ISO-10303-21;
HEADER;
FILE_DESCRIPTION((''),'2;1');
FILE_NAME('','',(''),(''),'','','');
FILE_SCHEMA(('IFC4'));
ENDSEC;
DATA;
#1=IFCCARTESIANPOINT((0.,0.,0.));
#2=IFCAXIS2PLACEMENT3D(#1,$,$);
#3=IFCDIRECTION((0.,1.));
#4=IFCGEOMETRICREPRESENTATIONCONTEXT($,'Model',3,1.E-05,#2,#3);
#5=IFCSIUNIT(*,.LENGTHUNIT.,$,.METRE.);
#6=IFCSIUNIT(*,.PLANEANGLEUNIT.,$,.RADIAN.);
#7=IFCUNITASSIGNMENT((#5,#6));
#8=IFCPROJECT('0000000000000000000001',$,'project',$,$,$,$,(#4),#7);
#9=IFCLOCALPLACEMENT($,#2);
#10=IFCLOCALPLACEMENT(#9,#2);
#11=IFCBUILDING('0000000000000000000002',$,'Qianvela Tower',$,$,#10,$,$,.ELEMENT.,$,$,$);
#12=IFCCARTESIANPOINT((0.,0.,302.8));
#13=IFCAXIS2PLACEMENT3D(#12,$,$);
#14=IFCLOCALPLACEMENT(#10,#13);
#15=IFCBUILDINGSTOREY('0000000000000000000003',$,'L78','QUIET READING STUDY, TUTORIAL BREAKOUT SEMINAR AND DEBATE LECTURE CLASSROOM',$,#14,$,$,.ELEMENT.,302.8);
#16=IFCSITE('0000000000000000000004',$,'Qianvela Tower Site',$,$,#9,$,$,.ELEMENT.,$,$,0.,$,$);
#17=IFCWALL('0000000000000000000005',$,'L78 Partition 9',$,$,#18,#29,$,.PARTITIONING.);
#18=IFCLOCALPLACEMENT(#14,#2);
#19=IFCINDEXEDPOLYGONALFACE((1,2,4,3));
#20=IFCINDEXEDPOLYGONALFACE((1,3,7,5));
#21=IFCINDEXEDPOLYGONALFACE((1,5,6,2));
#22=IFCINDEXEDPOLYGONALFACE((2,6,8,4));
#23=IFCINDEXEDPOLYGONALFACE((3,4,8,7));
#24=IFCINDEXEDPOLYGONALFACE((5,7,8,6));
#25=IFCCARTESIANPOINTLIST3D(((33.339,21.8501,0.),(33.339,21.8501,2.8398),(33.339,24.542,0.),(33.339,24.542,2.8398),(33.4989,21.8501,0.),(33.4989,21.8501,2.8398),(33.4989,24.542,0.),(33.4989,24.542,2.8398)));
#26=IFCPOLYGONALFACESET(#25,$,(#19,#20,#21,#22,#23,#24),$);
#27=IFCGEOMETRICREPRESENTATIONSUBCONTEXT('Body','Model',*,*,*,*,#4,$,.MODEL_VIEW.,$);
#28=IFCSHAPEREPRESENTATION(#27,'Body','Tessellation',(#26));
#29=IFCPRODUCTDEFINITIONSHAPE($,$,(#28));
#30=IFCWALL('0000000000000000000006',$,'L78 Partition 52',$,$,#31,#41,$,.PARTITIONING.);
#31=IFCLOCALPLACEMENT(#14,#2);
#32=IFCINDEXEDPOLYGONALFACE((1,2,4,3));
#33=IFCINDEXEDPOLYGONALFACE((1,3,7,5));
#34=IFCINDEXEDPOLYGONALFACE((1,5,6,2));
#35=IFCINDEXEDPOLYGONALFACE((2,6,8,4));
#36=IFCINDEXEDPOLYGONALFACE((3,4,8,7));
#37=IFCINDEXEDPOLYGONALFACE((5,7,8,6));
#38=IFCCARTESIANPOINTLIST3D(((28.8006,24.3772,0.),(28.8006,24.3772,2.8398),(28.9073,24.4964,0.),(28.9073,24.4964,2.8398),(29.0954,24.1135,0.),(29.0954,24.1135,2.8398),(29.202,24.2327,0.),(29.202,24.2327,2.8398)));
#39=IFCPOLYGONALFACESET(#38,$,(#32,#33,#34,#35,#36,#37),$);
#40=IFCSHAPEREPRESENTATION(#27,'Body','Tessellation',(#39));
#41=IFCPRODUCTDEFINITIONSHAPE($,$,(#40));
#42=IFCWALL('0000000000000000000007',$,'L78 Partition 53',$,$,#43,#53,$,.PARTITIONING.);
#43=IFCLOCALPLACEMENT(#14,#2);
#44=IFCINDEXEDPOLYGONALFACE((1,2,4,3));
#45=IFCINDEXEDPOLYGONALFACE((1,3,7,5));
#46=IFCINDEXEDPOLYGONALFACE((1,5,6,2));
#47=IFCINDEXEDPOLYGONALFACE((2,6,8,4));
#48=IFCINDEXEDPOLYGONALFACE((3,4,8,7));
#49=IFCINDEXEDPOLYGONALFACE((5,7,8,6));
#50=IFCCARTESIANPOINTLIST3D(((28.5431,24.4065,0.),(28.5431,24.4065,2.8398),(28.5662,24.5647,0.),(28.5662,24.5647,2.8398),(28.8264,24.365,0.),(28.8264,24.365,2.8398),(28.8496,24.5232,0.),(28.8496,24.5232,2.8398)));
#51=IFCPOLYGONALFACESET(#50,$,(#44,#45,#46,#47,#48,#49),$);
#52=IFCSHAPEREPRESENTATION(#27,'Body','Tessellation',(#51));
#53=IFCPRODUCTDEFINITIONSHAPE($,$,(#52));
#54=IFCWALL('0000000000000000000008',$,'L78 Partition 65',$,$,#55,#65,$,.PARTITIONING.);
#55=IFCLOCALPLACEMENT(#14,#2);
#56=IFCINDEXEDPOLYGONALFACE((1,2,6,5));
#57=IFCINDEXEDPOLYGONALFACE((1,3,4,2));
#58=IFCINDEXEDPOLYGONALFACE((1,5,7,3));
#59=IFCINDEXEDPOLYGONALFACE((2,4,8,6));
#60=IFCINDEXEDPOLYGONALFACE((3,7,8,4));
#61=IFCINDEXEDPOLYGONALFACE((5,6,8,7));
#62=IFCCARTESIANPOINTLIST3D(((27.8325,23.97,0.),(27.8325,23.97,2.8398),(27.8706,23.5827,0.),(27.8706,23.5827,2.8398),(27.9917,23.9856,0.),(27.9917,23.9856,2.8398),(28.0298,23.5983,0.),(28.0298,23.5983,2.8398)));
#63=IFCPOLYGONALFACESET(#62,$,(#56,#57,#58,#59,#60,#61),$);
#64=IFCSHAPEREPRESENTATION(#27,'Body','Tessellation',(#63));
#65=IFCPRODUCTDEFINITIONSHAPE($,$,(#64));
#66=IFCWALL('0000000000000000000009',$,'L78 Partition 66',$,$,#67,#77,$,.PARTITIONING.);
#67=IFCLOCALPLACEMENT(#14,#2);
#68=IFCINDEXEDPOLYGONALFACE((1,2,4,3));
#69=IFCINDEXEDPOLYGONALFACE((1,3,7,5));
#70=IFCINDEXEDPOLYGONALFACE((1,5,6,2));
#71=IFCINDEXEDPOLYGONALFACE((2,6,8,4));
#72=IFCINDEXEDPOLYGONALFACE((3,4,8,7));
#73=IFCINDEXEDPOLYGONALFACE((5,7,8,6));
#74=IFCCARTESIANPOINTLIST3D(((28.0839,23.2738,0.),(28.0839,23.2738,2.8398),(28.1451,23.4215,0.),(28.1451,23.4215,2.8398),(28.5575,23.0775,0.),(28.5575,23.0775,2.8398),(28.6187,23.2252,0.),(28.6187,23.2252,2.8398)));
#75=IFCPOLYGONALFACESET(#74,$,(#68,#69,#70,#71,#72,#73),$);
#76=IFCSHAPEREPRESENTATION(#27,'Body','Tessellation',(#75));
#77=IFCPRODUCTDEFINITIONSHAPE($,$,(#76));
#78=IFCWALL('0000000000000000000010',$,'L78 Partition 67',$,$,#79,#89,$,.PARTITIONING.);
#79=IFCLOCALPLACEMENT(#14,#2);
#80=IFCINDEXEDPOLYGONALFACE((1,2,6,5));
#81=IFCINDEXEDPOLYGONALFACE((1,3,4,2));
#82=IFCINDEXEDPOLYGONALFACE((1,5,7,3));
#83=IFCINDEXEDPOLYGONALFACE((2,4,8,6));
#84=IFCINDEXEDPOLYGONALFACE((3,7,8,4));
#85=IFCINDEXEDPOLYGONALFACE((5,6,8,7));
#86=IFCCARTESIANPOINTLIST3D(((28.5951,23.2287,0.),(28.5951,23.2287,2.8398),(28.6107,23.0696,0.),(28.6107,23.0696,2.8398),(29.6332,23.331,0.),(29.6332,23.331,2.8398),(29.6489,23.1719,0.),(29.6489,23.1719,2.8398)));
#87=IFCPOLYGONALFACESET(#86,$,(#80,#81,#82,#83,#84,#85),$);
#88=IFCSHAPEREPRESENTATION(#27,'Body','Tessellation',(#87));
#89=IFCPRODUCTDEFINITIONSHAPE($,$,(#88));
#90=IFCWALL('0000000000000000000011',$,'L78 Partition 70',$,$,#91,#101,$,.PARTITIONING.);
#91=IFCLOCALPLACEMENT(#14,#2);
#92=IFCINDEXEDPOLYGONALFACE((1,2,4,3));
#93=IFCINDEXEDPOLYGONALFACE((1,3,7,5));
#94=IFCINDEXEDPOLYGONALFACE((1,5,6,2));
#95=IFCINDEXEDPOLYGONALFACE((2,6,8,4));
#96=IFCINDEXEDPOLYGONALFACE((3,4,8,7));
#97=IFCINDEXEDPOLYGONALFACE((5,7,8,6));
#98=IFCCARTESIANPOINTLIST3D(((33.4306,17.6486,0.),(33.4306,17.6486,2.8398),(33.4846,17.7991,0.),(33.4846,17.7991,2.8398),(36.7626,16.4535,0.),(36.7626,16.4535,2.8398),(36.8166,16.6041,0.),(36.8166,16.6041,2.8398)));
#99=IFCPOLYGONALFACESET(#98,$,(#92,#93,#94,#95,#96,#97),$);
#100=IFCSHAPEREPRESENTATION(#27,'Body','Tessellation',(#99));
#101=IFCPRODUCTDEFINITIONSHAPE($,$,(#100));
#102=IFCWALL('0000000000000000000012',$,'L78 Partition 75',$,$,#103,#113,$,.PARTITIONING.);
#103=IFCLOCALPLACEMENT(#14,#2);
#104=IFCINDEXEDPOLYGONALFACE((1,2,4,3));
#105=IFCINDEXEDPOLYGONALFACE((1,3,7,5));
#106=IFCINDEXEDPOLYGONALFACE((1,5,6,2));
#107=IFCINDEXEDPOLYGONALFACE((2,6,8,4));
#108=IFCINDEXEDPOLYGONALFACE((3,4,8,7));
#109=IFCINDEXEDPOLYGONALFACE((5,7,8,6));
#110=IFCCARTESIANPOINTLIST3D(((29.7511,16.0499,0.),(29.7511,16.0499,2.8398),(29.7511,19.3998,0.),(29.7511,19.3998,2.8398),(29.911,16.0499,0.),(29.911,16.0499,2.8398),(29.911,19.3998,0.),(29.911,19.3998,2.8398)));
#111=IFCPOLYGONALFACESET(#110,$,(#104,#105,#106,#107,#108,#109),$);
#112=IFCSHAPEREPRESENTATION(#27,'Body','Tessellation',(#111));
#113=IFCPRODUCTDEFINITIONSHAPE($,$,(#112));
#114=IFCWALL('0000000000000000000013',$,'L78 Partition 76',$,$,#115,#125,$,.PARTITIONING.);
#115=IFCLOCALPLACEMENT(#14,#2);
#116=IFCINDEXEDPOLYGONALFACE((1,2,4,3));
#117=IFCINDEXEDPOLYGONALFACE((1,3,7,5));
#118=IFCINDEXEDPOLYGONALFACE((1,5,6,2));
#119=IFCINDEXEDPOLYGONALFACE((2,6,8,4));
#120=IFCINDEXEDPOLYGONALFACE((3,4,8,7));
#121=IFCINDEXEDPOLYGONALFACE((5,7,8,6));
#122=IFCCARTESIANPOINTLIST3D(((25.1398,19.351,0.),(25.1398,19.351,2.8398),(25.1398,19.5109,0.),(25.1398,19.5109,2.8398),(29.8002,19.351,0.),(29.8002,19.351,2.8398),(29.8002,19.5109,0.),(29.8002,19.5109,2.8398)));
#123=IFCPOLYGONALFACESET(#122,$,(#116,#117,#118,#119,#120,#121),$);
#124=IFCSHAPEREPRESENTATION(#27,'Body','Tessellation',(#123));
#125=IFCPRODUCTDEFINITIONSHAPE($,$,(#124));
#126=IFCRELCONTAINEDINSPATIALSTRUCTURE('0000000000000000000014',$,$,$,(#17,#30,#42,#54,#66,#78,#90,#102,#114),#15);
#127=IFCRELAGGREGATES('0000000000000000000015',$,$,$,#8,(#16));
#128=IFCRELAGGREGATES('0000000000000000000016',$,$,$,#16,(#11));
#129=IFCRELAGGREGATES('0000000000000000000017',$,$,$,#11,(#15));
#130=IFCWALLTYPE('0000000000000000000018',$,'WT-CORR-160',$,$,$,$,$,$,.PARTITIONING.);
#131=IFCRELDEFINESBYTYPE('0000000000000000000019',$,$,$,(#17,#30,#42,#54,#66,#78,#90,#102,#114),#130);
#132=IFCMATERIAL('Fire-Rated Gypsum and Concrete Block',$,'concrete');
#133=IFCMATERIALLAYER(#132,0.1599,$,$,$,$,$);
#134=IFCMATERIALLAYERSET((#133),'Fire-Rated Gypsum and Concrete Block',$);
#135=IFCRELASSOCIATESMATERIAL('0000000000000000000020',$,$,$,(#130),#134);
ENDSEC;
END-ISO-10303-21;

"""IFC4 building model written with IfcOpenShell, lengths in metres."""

from ifc_helpers import new_model, si_unit, direction, frame, frame_2d, origin, place, context, subcontext, project, spatial, rectangle, extrude, material, layer, layer_set, type_object, element, save


model = new_model("IFC4")

# Units and contexts
model_context = context("Model", 3, precision=1e-05, world=origin(), true_north=direction((0.0, 1.0)))
body_context = subcontext(model_context, "Body", "Model", "MODEL_VIEW")
ifc_project = project(units=[si_unit("LENGTHUNIT", "METRE"), si_unit("PLANEANGLEUNIT", "RADIAN")], contexts=[model_context])

# Site, building, storey
site_placement = place(None, origin())
site = spatial("IfcSite", under=ifc_project, at=site_placement, Name="Qianvela Tower Site", CompositionType="ELEMENT", RefElevation=0.0)
building_placement = place(site_placement, origin())
building = spatial("IfcBuilding", under=site, at=building_placement, Name="Qianvela Tower", CompositionType="ELEMENT")
storey_placement = place(building_placement, frame((0.0, 0.0, 302.8)))
storey = spatial("IfcBuildingStorey", under=building, at=storey_placement, Name="L78", Description="QUIET READING STUDY, TUTORIAL BREAKOUT SEMINAR AND DEBATE LECTURE CLASSROOM", CompositionType="ELEMENT", Elevation=302.8)

# Shared definitions
ifc_material_1 = material(Name="Fire-Rated Gypsum and Concrete Block", Category="concrete")
ifc_layer_1 = layer(ifc_material_1, 0.1599)
ifc_layer_set_1 = layer_set([ifc_layer_1], Name="Fire-Rated Gypsum and Concrete Block")
wall_type = type_object("IfcWallType", Name="WT-CORR-160", PredefinedType="PARTITIONING", material=ifc_layer_set_1)

# Walls
for number, where, z_axis, x_axis, name in (
    (1, (33.4189, 24.542, 0.0), (0.0, 0.0, 1.0), (0.0, -1.0, 0.0), "L78 Partition 9"),
):
    element("IfcWall", number, at=place(storey_placement, frame(where, z_axis=z_axis, x_axis=x_axis)), inside=storey, type_object=wall_type, Name=name, PredefinedType="PARTITIONING", context=body_context, shape_type="SweptSolid", body=[
        extrude(rectangle(XDim=2.6919, YDim=0.1599, at=frame_2d((1.3459, 0.0))), origin(), (0.0, 0.0, 1.0), 2.8398),
    ])
wall_1_placement = place(storey_placement, frame((29.1487, 24.1731, 0.0), z_axis=(0.0, 0.0, 1.0), x_axis=(-0.745225, 0.666813, 0.0)))
element("IfcWall", 2, at=wall_1_placement, inside=storey, type_object=wall_type, Name="L78 Partition 52", PredefinedType="PARTITIONING", context=body_context, shape_type="SweptSolid", body=[
    extrude(rectangle(XDim=0.3955, YDim=0.1599, at=frame_2d((0.1978, 0.0))), origin(), (0.0, 0.0, 1.0), 2.8398),
])
wall_2_placement = place(storey_placement, frame((28.8379, 24.4441, 0.0), z_axis=(0.0, 0.0, 1.0), x_axis=(-0.989449, 0.144881, 0.0)))
element("IfcWall", 3, at=wall_2_placement, inside=storey, type_object=wall_type, Name="L78 Partition 53", PredefinedType="PARTITIONING", context=body_context, shape_type="SweptSolid", body=[
    extrude(rectangle(XDim=0.2864, YDim=0.1599, at=frame_2d((0.1431, 0.0))), origin(), (0.0, 0.0, 1.0), 2.8398),
])
wall_3_placement = place(storey_placement, frame((27.9121, 23.9778, 0.0), z_axis=(0.0, 0.0, 1.0), x_axis=(0.097888, -0.995197, 0.0)))
element("IfcWall", 4, at=wall_3_placement, inside=storey, type_object=wall_type, Name="L78 Partition 65", PredefinedType="PARTITIONING", context=body_context, shape_type="SweptSolid", body=[
    extrude(rectangle(XDim=0.3892, YDim=0.1599, at=frame_2d((0.1946, 0.0))), origin(), (0.0, 0.0, 1.0), 2.8398),
])
wall_4_placement = place(storey_placement, frame((28.1145, 23.3477, 0.0), z_axis=(0.0, 0.0, 1.0), x_axis=(0.923808, -0.382856, 0.0)))
element("IfcWall", 5, at=wall_4_placement, inside=storey, type_object=wall_type, Name="L78 Partition 66", PredefinedType="PARTITIONING", context=body_context, shape_type="SweptSolid", body=[
    extrude(rectangle(XDim=0.5127, YDim=0.1599, at=frame_2d((0.2563, 0.0))), origin(), (0.0, 0.0, 1.0), 2.8398),
])
wall_5_placement = place(storey_placement, frame((28.603, 23.1492, 0.0), z_axis=(0.0, 0.0, 1.0), x_axis=(0.99518, 0.098067, 0.0)))
element("IfcWall", 6, at=wall_5_placement, inside=storey, type_object=wall_type, Name="L78 Partition 67", PredefinedType="PARTITIONING", context=body_context, shape_type="SweptSolid", body=[
    extrude(rectangle(XDim=1.0432, YDim=0.1599, at=frame_2d((0.5215, 0.0))), origin(), (0.0, 0.0, 1.0), 2.8398),
])
wall_6_placement = place(storey_placement, frame((33.4575, 17.7239, 0.0), z_axis=(0.0, 0.0, 1.0), x_axis=(0.941289, -0.337603, 0.0)))
element("IfcWall", 7, at=wall_6_placement, inside=storey, type_object=wall_type, Name="L78 Partition 70", PredefinedType="PARTITIONING", context=body_context, shape_type="SweptSolid", body=[
    extrude(rectangle(XDim=3.5398, YDim=0.1599, at=frame_2d((1.77, 0.0))), origin(), (0.0, 0.0, 1.0), 2.8398),
])
wall_7_placement = place(storey_placement, frame((29.8311, 16.05, 0.0), z_axis=(0.0, 0.0, 1.0), x_axis=(0.0, 1.0, 0.0)))
element("IfcWall", 8, at=wall_7_placement, inside=storey, type_object=wall_type, Name="L78 Partition 75", PredefinedType="PARTITIONING", context=body_context, shape_type="SweptSolid", body=[
    extrude(rectangle(XDim=3.3499, YDim=0.1599, at=frame_2d((1.6748, 0.0))), origin(), (0.0, 0.0, 1.0), 2.8398),
])
wall_8_placement = place(storey_placement, frame((29.8, 19.4309, 0.0), z_axis=(0.0, 0.0, 1.0), x_axis=(-1.0, 0.0, 0.0)))
element("IfcWall", 9, at=wall_8_placement, inside=storey, type_object=wall_type, Name="L78 Partition 76", PredefinedType="PARTITIONING", context=body_context, shape_type="SweptSolid", body=[
    extrude(rectangle(XDim=4.6604, YDim=0.1599, at=frame_2d((2.3301, 0.0))), origin(), (0.0, 0.0, 1.0), 2.8398),
])

save(model, "model.ifc")
